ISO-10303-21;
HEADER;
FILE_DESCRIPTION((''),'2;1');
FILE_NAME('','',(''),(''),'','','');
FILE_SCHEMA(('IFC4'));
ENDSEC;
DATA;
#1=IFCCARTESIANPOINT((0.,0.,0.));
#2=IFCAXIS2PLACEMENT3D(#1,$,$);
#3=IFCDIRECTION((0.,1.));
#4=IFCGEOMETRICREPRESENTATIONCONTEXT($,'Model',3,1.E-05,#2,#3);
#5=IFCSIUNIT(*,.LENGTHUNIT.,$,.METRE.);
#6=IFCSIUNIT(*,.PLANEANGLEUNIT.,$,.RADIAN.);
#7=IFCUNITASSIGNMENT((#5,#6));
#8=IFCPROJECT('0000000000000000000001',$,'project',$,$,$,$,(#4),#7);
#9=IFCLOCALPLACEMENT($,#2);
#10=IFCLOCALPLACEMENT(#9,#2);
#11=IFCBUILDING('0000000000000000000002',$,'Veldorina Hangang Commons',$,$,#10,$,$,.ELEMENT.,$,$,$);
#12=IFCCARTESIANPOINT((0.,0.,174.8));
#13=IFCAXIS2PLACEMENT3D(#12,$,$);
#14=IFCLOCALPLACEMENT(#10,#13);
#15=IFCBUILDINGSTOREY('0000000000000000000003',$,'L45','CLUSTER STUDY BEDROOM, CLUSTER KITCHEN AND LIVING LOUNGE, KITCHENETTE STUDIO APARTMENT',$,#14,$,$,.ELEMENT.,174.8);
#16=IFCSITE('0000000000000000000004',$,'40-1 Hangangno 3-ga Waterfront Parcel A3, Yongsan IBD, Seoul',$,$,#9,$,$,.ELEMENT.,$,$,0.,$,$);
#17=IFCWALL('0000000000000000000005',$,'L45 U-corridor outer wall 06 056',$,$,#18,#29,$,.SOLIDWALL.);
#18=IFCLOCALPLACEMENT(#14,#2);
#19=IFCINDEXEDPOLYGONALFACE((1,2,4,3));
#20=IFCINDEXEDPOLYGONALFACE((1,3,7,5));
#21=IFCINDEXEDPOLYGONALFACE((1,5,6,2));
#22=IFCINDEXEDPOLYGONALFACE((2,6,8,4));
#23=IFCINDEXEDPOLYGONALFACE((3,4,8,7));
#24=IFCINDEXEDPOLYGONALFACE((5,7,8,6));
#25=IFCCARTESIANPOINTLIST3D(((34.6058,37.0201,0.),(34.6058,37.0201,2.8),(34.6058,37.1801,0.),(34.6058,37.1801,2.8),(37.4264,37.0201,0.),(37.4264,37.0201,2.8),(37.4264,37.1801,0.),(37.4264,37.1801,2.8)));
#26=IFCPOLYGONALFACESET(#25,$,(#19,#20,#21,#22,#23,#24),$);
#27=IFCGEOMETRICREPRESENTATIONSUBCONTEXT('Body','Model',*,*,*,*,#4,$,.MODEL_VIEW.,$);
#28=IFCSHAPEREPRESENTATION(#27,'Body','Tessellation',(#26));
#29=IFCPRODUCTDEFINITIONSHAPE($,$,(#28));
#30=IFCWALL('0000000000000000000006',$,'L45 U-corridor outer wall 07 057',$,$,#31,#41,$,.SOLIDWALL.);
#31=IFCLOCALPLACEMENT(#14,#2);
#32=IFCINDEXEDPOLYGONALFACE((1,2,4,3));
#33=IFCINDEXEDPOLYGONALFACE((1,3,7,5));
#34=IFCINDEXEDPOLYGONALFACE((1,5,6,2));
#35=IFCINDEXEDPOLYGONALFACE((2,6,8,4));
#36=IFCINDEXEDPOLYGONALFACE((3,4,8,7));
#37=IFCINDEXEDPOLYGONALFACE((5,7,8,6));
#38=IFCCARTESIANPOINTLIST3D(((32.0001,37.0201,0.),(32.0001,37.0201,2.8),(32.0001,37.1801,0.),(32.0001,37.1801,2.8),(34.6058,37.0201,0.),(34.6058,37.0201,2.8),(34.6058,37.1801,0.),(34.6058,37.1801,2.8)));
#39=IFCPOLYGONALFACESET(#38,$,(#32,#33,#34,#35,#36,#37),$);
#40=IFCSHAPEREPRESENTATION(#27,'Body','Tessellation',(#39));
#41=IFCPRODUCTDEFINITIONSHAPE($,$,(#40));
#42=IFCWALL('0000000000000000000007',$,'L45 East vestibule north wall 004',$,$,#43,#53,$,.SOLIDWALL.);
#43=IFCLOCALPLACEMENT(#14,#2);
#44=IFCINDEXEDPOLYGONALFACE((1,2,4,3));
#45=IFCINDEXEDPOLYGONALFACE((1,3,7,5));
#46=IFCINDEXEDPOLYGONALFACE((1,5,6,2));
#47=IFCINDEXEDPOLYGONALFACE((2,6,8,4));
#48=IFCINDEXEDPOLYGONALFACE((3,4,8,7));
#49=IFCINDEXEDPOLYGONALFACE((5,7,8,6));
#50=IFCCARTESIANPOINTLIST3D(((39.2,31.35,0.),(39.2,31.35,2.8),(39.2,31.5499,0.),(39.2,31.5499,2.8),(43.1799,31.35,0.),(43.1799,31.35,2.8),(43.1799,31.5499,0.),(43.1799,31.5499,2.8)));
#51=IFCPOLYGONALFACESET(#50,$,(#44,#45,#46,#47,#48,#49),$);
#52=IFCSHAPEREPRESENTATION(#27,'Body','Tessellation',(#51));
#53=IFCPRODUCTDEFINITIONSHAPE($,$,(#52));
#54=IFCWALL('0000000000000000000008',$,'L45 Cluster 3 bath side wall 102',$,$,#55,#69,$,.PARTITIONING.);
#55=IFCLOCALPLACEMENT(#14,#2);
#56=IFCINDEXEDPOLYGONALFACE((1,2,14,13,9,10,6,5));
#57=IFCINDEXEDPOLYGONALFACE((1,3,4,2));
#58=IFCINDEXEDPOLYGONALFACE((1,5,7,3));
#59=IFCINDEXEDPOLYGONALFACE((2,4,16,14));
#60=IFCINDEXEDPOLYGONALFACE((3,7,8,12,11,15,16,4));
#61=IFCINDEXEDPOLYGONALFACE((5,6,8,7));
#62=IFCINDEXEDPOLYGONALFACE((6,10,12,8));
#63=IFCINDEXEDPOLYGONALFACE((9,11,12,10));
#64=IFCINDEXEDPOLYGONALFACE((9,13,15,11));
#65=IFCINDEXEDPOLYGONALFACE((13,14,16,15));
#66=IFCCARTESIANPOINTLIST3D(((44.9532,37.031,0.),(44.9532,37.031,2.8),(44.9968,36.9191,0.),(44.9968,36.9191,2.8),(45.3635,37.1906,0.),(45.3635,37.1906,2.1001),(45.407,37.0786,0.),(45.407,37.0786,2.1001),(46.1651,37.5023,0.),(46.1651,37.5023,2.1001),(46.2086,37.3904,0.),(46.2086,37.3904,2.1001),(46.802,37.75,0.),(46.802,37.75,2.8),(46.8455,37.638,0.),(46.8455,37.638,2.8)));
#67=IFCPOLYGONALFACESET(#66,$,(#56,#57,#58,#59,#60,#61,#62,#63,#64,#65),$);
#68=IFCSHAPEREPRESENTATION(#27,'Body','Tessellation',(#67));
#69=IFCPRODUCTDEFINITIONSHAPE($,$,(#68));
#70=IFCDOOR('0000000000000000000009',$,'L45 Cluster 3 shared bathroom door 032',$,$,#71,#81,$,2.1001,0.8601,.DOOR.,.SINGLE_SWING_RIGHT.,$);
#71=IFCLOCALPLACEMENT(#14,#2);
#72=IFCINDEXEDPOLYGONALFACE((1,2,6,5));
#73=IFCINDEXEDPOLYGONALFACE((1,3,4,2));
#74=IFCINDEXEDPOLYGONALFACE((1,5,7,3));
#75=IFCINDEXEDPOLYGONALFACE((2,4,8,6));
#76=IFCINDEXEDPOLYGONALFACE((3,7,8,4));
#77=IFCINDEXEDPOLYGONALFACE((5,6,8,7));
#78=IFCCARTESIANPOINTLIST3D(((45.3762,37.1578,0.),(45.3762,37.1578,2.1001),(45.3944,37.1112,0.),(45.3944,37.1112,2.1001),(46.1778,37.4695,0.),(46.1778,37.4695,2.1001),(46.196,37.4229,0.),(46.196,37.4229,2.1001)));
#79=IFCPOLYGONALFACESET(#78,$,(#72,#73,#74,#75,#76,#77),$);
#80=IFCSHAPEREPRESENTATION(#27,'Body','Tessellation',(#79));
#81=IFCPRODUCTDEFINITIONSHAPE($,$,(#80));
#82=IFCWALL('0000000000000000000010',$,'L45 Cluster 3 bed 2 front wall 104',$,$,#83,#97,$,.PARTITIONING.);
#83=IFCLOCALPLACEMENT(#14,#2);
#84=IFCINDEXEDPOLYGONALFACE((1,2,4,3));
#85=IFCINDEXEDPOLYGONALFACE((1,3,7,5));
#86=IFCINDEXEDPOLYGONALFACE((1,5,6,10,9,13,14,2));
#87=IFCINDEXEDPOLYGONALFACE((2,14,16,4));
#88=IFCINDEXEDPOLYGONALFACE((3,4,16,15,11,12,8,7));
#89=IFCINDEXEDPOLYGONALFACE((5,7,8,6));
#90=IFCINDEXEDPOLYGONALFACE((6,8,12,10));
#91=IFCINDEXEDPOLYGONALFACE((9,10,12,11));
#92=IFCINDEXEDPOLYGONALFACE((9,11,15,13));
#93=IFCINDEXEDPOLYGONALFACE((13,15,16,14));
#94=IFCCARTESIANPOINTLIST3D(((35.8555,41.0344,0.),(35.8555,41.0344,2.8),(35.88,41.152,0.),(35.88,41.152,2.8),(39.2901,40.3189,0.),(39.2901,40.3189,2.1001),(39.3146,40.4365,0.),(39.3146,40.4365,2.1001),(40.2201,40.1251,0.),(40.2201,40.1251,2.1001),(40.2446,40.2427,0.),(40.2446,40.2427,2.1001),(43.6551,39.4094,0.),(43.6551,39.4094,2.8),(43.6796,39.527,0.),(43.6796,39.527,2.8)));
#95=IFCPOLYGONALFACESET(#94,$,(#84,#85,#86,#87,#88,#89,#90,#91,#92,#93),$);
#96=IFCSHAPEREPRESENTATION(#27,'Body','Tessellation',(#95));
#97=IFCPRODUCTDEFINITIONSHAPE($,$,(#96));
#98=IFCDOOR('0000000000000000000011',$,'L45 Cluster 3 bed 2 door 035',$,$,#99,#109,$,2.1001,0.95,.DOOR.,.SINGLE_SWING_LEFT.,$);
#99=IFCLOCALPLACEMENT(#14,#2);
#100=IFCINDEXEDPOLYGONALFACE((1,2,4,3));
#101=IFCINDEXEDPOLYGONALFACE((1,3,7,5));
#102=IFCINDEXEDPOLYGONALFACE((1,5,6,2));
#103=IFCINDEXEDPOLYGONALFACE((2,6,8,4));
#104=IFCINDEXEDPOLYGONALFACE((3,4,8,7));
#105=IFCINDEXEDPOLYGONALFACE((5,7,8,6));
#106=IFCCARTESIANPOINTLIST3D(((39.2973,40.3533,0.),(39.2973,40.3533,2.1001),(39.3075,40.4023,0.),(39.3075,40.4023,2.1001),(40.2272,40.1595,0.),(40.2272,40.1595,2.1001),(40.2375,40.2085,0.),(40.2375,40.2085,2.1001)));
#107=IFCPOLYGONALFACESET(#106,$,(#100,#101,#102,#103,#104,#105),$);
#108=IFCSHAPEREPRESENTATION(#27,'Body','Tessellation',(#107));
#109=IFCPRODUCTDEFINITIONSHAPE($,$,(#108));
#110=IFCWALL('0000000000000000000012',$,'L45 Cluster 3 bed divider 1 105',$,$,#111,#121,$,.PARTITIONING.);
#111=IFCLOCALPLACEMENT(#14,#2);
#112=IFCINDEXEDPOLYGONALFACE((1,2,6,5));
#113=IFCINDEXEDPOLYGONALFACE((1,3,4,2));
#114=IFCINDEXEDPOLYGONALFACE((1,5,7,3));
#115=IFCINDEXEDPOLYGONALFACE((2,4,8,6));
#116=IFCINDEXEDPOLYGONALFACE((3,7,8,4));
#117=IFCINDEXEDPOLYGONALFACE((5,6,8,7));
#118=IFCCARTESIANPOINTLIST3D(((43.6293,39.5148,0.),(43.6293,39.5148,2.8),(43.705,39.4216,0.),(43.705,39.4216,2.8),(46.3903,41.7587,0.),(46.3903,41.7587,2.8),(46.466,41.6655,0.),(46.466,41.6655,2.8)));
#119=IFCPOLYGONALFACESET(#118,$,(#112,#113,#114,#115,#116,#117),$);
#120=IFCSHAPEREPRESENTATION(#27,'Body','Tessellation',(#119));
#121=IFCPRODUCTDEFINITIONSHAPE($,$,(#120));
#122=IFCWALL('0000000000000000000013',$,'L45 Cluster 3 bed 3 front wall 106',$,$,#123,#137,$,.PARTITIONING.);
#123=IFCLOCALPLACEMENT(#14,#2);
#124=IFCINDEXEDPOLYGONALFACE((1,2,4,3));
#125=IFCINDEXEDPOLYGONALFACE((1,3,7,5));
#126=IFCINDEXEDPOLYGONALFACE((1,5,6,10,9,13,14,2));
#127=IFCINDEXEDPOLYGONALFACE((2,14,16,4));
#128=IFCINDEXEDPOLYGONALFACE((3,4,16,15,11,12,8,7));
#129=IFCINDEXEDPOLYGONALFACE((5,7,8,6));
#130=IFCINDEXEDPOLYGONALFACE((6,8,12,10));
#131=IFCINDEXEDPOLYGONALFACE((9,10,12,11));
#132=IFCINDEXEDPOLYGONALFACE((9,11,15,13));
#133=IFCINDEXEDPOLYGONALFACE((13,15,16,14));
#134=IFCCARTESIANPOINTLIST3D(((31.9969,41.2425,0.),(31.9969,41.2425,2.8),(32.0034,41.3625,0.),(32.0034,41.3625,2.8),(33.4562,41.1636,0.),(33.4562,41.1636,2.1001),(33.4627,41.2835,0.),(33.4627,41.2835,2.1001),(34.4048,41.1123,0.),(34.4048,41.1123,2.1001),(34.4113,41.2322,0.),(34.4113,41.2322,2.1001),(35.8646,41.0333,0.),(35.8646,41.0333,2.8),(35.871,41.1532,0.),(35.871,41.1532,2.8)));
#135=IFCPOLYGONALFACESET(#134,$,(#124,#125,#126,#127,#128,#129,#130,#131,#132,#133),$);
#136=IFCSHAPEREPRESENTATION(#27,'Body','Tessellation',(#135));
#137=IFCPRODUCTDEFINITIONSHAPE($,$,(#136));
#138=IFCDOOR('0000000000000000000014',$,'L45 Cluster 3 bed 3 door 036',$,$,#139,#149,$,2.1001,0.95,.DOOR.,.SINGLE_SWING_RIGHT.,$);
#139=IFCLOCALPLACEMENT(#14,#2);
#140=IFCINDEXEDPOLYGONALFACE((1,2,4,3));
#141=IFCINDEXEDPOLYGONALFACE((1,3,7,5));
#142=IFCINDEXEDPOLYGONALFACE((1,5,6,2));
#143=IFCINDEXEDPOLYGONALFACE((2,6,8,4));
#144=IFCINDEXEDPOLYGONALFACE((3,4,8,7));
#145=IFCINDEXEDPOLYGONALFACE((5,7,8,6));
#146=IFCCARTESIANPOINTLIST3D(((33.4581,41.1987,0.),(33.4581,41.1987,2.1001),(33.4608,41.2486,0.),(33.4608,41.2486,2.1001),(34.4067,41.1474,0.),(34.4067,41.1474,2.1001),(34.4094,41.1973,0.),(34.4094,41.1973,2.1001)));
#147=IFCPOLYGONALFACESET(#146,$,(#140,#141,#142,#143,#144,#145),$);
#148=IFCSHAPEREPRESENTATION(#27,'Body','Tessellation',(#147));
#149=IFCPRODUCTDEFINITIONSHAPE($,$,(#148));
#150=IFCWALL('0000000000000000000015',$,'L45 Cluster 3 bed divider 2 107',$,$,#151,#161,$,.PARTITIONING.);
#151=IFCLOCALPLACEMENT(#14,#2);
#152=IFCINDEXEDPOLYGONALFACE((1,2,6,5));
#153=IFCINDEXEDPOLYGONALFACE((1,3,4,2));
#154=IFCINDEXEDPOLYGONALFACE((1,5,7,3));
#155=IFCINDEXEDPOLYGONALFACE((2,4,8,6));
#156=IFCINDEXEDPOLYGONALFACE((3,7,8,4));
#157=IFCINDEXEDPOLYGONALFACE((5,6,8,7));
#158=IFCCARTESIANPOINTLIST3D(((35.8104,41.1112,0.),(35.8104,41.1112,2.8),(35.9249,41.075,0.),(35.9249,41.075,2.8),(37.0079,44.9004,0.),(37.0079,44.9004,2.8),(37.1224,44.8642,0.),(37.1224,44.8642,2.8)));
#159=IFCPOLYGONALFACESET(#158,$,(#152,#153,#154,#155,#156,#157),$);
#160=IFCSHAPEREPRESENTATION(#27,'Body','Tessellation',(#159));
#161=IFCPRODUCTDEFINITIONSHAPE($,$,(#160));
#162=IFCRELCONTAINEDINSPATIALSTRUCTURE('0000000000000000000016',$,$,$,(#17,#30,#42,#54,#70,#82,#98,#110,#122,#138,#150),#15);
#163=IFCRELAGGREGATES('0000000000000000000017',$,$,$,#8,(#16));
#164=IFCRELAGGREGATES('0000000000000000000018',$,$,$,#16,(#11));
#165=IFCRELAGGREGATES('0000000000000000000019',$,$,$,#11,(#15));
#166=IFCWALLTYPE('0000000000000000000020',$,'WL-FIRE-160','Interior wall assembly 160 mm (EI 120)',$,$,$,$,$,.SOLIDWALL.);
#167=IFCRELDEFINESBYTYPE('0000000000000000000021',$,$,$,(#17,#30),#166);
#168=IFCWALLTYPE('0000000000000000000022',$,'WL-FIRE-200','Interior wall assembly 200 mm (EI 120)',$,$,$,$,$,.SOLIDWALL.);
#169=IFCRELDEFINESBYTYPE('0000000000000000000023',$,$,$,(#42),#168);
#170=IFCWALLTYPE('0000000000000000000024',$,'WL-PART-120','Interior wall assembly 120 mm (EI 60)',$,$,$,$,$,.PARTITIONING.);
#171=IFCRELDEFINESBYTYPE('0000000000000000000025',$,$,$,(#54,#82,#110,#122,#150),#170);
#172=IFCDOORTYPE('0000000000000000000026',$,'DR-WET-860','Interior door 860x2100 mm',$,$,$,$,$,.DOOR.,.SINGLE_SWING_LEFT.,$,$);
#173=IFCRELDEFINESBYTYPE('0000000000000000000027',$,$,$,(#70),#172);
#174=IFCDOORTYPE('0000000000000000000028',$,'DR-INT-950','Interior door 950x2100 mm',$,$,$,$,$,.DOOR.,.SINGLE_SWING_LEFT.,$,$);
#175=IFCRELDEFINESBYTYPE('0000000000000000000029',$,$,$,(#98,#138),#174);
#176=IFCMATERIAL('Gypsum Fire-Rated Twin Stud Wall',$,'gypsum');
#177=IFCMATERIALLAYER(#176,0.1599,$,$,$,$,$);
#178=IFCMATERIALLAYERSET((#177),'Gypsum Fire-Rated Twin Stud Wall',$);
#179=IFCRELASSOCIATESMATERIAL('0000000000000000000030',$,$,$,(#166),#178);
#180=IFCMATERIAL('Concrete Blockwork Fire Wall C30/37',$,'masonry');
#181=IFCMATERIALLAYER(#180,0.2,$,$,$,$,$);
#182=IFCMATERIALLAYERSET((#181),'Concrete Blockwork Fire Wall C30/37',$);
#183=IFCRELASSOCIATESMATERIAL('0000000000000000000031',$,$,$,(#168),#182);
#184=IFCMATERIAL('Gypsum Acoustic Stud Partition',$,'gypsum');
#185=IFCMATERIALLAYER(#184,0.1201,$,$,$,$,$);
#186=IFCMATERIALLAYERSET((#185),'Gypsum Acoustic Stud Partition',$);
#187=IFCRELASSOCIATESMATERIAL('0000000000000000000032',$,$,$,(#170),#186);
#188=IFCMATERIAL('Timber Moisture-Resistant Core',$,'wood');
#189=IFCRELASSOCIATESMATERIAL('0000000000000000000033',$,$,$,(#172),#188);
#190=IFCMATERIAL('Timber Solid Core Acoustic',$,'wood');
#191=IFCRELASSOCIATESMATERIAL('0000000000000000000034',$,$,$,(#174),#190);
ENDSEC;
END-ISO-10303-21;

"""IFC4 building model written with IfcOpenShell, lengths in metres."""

from ifc_helpers import new_model, si_unit, direction, frame, frame_2d, origin, place, context, subcontext, project, spatial, rectangle, extrude, material, layer, layer_set, type_object, element, fill, save


model = new_model("IFC4")

# Units and contexts
model_context = context("Model", 3, precision=1e-05, world=origin(), true_north=direction((0.0, 1.0)))
body_context = subcontext(model_context, "Body", "Model", "MODEL_VIEW")
ifc_project = project(units=[si_unit("LENGTHUNIT", "METRE"), si_unit("PLANEANGLEUNIT", "RADIAN")], contexts=[model_context])

# Site, building, storey
site_placement = place(None, origin())
site = spatial("IfcSite", under=ifc_project, at=site_placement, Name="40-1 Hangangno 3-ga Waterfront Parcel A3, Yongsan IBD, Seoul", CompositionType="ELEMENT", RefElevation=0.0)
building_placement = place(site_placement, origin())
building = spatial("IfcBuilding", under=site, at=building_placement, Name="Veldorina Hangang Commons", CompositionType="ELEMENT")
storey_placement = place(building_placement, frame((0.0, 0.0, 174.8)))
storey = spatial("IfcBuildingStorey", under=building, at=storey_placement, Name="L45", Description="CLUSTER STUDY BEDROOM, CLUSTER KITCHEN AND LIVING LOUNGE, KITCHENETTE STUDIO APARTMENT", CompositionType="ELEMENT", Elevation=174.8)

# Shared definitions
ifc_material_1 = material(Name="Gypsum Fire-Rated Twin Stud Wall", Category="gypsum")
ifc_layer_1 = layer(ifc_material_1, 0.1599)
ifc_layer_set_1 = layer_set([ifc_layer_1], Name="Gypsum Fire-Rated Twin Stud Wall")
wall_type_1 = type_object("IfcWallType", Name="WL-FIRE-160", Description="Interior wall assembly 160 mm (EI 120)", PredefinedType="SOLIDWALL", material=ifc_layer_set_1)

# Walls
wall_1_placement = place(storey_placement, frame((37.4263, 37.1001, 0.0), z_axis=(0.0, 0.0, 1.0), x_axis=(-1.0, 0.0, 0.0)))
element("IfcWall", 1, at=wall_1_placement, inside=storey, type_object=wall_type_1, Name="L45 U-corridor outer wall 06 056", PredefinedType="SOLIDWALL", context=body_context, shape_type="SweptSolid", body=[
    extrude(rectangle(XDim=2.8206, YDim=0.1599, at=frame_2d((1.4102, 0.0))), origin(), (0.0, 0.0, 1.0), 2.8),
])
wall_2_placement = place(storey_placement, frame((34.6057, 37.1001, 0.0), z_axis=(0.0, 0.0, 1.0), x_axis=(-1.0, 0.0, 0.0)))
element("IfcWall", 2, at=wall_2_placement, inside=storey, type_object=wall_type_1, Name="L45 U-corridor outer wall 07 057", PredefinedType="SOLIDWALL", context=body_context, shape_type="SweptSolid", body=[
    extrude(rectangle(XDim=2.6057, YDim=0.1599, at=frame_2d((1.3027, 0.0))), origin(), (0.0, 0.0, 1.0), 2.8),
])
ifc_material_2 = material(Name="Concrete Blockwork Fire Wall C30/37", Category="masonry")
ifc_layer_2 = layer(ifc_material_2, 0.2)
ifc_layer_set_2 = layer_set([ifc_layer_2], Name="Concrete Blockwork Fire Wall C30/37")
wall_type_2 = type_object("IfcWallType", Name="WL-FIRE-200", Description="Interior wall assembly 200 mm (EI 120)", PredefinedType="SOLIDWALL", material=ifc_layer_set_2)
wall_3_placement = place(storey_placement, frame((39.2, 31.45, 0.0), z_axis=(0.0, 0.0, 1.0), x_axis=(1.0, 0.0, 0.0)))
element("IfcWall", 3, at=wall_3_placement, inside=storey, type_object=wall_type_2, Name="L45 East vestibule north wall 004", PredefinedType="SOLIDWALL", context=body_context, shape_type="SweptSolid", body=[
    extrude(rectangle(XDim=3.98, YDim=0.2, at=frame_2d((1.99, 0.0))), origin(), (0.0, 0.0, 1.0), 2.8),
])

# Walls, openings, doors
ifc_material_3 = material(Name="Gypsum Acoustic Stud Partition", Category="gypsum")
ifc_layer_3 = layer(ifc_material_3, 0.1201)
ifc_layer_set_3 = layer_set([ifc_layer_3], Name="Gypsum Acoustic Stud Partition")
wall_type_3 = type_object("IfcWallType", Name="WL-PART-120", Description="Interior wall assembly 120 mm (EI 60)", PredefinedType="PARTITIONING", material=ifc_layer_set_3)
wall_4_placement = place(storey_placement, frame((44.9751, 36.9751, 0.0), z_axis=(0.0, 0.0, 1.0), x_axis=(0.932007, 0.36244, 0.0)))
wall_4 = element("IfcWall", 4, at=wall_4_placement, inside=storey, type_object=wall_type_3, Name="L45 Cluster 3 bath side wall 102", PredefinedType="PARTITIONING", context=body_context, shape_type="SweptSolid", body=[
    extrude(rectangle(XDim=1.9836, YDim=0.1201, at=frame_2d((0.9917, 0.0))), origin(), (0.0, 0.0, 1.0), 2.8),
])
opening_1_placement = place(wall_4_placement, frame((0.4399, 0.0, 0.0)))
opening_1 = element("IfcOpeningElement", 5, at=opening_1_placement, cuts=wall_4, PredefinedType="OPENING", context=body_context, shape_type="SweptSolid", body=[
    extrude(rectangle(XDim=0.8601, YDim=2.1001, at=frame_2d((0.4302, 1.05))), frame((0.0, 0.0701, 0.0), z_axis=(0.0, -1.0, 0.0), x_axis=(1.0, 0.0, 0.0)), (0.0, 0.0, 1.0), 0.1401),
])
ifc_material_4 = material(Name="Timber Moisture-Resistant Core", Category="wood")
door_type_1 = type_object("IfcDoorType", Name="DR-WET-860", Description="Interior door 860x2100 mm", OperationType="SINGLE_SWING_LEFT", PredefinedType="DOOR", material=ifc_material_4)
door_1_placement = place(opening_1_placement, origin())
door_1 = element("IfcDoor", 6, at=door_1_placement, inside=storey, type_object=door_type_1, Name="L45 Cluster 3 shared bathroom door 032", OperationType="SINGLE_SWING_RIGHT", OverallHeight=2.1001, OverallWidth=0.8601, PredefinedType="DOOR", context=body_context, shape_type="SweptSolid", body=[
    extrude(rectangle(XDim=0.8601, YDim=2.1001, at=frame_2d((0.4302, 1.05))), frame((0.0, 0.0249, 0.0), z_axis=(0.0, -1.0, 0.0), x_axis=(1.0, 0.0, 0.0)), (0.0, 0.0, 1.0), 0.05),
])
fill(opening_1, door_1)
wall_5_placement = place(storey_placement, frame((43.6672, 39.4683, 0.0), z_axis=(0.0, 0.0, 1.0), x_axis=(-0.978978, 0.203965, 0.0)))
wall_5 = element("IfcWall", 7, at=wall_5_placement, inside=storey, type_object=wall_type_3, Name="L45 Cluster 3 bed 2 front wall 104", PredefinedType="PARTITIONING", context=body_context, shape_type="SweptSolid", body=[
    extrude(rectangle(XDim=7.967, YDim=0.1201, at=frame_2d((3.9834, 0.0))), origin(), (0.0, 0.0, 1.0), 2.8),
])
opening_2_placement = place(wall_5_placement, frame((3.5085, 0.0, 0.0)))
opening_2 = element("IfcOpeningElement", 8, at=opening_2_placement, cuts=wall_5, PredefinedType="OPENING", context=body_context, shape_type="SweptSolid", body=[
    extrude(rectangle(XDim=0.95, YDim=2.1001, at=frame_2d((0.4751, 1.05))), frame((0.0, 0.0701, 0.0), z_axis=(0.0, -1.0, 0.0), x_axis=(1.0, 0.0, 0.0)), (0.0, 0.0, 1.0), 0.1401),
])
ifc_material_5 = material(Name="Timber Solid Core Acoustic", Category="wood")
door_type_2 = type_object("IfcDoorType", Name="DR-INT-950", Description="Interior door 950x2100 mm", OperationType="SINGLE_SWING_LEFT", PredefinedType="DOOR", material=ifc_material_5)
door_2_placement = place(opening_2_placement, origin())
door_2 = element("IfcDoor", 9, at=door_2_placement, inside=storey, type_object=door_type_2, Name="L45 Cluster 3 bed 2 door 035", OperationType="SINGLE_SWING_LEFT", OverallHeight=2.1001, OverallWidth=0.95, PredefinedType="DOOR", context=body_context, shape_type="SweptSolid", body=[
    extrude(rectangle(XDim=0.95, YDim=2.1001, at=frame_2d((0.4751, 1.05))), frame((0.0, 0.0249, 0.0), z_axis=(0.0, -1.0, 0.0), x_axis=(1.0, 0.0, 0.0)), (0.0, 0.0, 1.0), 0.05),
])
fill(opening_2, door_2)

# Wall
wall_6_placement = place(storey_placement, frame((43.6672, 39.4683, 0.0), z_axis=(0.0, 0.0, 1.0), x_axis=(0.776032, 0.630693, 0.0)))
element("IfcWall", 10, at=wall_6_placement, inside=storey, type_object=wall_type_3, Name="L45 Cluster 3 bed divider 1 105", PredefinedType="PARTITIONING", context=body_context, shape_type="SweptSolid", body=[
    extrude(rectangle(XDim=3.5579, YDim=0.1201, at=frame_2d((1.7788, 0.0))), origin(), (0.0, 0.0, 1.0), 2.8),
])

# Wall, opening, door
wall_7_placement = place(storey_placement, frame((35.8677, 41.0933, 0.0), z_axis=(0.0, 0.0, 1.0), x_axis=(-0.99854, 0.054018, 0.0)))
wall_7 = element("IfcWall", 11, at=wall_7_placement, inside=storey, type_object=wall_type_3, Name="L45 Cluster 3 bed 3 front wall 106", PredefinedType="PARTITIONING", context=body_context, shape_type="SweptSolid", body=[
    extrude(rectangle(XDim=3.8733, YDim=0.1201, at=frame_2d((1.9365, 0.0))), origin(), (0.0, 0.0, 1.0), 2.8),
])
opening_3_placement = place(wall_7_placement, frame((1.4617, 0.0, 0.0)))
opening_3 = element("IfcOpeningElement", 12, at=opening_3_placement, cuts=wall_7, PredefinedType="OPENING", context=body_context, shape_type="SweptSolid", body=[
    extrude(rectangle(XDim=0.95, YDim=2.1001, at=frame_2d((0.4751, 1.05))), frame((0.0, 0.0701, 0.0), z_axis=(0.0, -1.0, 0.0), x_axis=(1.0, 0.0, 0.0)), (0.0, 0.0, 1.0), 0.1401),
])
door_3_placement = place(opening_3_placement, origin())
door_3 = element("IfcDoor", 13, at=door_3_placement, inside=storey, type_object=door_type_2, Name="L45 Cluster 3 bed 3 door 036", OperationType="SINGLE_SWING_RIGHT", OverallHeight=2.1001, OverallWidth=0.95, PredefinedType="DOOR", context=body_context, shape_type="SweptSolid", body=[
    extrude(rectangle(XDim=0.95, YDim=2.1001, at=frame_2d((0.4751, 1.05))), frame((0.0, 0.0249, 0.0), z_axis=(0.0, -1.0, 0.0), x_axis=(1.0, 0.0, 0.0)), (0.0, 0.0, 1.0), 0.05),
])
fill(opening_3, door_3)

# Wall
wall_8_placement = place(storey_placement, frame((35.8677, 41.0933, 0.0), z_axis=(0.0, 0.0, 1.0), x_axis=(0.301352, 0.953513, 0.0)))
element("IfcWall", 14, at=wall_8_placement, inside=storey, type_object=wall_type_3, Name="L45 Cluster 3 bed divider 2 107", PredefinedType="PARTITIONING", context=body_context, shape_type="SweptSolid", body=[
    extrude(rectangle(XDim=3.9739, YDim=0.1201, at=frame_2d((1.9868, 0.0))), origin(), (0.0, 0.0, 1.0), 2.8),
])

save(model, "model.ifc")
